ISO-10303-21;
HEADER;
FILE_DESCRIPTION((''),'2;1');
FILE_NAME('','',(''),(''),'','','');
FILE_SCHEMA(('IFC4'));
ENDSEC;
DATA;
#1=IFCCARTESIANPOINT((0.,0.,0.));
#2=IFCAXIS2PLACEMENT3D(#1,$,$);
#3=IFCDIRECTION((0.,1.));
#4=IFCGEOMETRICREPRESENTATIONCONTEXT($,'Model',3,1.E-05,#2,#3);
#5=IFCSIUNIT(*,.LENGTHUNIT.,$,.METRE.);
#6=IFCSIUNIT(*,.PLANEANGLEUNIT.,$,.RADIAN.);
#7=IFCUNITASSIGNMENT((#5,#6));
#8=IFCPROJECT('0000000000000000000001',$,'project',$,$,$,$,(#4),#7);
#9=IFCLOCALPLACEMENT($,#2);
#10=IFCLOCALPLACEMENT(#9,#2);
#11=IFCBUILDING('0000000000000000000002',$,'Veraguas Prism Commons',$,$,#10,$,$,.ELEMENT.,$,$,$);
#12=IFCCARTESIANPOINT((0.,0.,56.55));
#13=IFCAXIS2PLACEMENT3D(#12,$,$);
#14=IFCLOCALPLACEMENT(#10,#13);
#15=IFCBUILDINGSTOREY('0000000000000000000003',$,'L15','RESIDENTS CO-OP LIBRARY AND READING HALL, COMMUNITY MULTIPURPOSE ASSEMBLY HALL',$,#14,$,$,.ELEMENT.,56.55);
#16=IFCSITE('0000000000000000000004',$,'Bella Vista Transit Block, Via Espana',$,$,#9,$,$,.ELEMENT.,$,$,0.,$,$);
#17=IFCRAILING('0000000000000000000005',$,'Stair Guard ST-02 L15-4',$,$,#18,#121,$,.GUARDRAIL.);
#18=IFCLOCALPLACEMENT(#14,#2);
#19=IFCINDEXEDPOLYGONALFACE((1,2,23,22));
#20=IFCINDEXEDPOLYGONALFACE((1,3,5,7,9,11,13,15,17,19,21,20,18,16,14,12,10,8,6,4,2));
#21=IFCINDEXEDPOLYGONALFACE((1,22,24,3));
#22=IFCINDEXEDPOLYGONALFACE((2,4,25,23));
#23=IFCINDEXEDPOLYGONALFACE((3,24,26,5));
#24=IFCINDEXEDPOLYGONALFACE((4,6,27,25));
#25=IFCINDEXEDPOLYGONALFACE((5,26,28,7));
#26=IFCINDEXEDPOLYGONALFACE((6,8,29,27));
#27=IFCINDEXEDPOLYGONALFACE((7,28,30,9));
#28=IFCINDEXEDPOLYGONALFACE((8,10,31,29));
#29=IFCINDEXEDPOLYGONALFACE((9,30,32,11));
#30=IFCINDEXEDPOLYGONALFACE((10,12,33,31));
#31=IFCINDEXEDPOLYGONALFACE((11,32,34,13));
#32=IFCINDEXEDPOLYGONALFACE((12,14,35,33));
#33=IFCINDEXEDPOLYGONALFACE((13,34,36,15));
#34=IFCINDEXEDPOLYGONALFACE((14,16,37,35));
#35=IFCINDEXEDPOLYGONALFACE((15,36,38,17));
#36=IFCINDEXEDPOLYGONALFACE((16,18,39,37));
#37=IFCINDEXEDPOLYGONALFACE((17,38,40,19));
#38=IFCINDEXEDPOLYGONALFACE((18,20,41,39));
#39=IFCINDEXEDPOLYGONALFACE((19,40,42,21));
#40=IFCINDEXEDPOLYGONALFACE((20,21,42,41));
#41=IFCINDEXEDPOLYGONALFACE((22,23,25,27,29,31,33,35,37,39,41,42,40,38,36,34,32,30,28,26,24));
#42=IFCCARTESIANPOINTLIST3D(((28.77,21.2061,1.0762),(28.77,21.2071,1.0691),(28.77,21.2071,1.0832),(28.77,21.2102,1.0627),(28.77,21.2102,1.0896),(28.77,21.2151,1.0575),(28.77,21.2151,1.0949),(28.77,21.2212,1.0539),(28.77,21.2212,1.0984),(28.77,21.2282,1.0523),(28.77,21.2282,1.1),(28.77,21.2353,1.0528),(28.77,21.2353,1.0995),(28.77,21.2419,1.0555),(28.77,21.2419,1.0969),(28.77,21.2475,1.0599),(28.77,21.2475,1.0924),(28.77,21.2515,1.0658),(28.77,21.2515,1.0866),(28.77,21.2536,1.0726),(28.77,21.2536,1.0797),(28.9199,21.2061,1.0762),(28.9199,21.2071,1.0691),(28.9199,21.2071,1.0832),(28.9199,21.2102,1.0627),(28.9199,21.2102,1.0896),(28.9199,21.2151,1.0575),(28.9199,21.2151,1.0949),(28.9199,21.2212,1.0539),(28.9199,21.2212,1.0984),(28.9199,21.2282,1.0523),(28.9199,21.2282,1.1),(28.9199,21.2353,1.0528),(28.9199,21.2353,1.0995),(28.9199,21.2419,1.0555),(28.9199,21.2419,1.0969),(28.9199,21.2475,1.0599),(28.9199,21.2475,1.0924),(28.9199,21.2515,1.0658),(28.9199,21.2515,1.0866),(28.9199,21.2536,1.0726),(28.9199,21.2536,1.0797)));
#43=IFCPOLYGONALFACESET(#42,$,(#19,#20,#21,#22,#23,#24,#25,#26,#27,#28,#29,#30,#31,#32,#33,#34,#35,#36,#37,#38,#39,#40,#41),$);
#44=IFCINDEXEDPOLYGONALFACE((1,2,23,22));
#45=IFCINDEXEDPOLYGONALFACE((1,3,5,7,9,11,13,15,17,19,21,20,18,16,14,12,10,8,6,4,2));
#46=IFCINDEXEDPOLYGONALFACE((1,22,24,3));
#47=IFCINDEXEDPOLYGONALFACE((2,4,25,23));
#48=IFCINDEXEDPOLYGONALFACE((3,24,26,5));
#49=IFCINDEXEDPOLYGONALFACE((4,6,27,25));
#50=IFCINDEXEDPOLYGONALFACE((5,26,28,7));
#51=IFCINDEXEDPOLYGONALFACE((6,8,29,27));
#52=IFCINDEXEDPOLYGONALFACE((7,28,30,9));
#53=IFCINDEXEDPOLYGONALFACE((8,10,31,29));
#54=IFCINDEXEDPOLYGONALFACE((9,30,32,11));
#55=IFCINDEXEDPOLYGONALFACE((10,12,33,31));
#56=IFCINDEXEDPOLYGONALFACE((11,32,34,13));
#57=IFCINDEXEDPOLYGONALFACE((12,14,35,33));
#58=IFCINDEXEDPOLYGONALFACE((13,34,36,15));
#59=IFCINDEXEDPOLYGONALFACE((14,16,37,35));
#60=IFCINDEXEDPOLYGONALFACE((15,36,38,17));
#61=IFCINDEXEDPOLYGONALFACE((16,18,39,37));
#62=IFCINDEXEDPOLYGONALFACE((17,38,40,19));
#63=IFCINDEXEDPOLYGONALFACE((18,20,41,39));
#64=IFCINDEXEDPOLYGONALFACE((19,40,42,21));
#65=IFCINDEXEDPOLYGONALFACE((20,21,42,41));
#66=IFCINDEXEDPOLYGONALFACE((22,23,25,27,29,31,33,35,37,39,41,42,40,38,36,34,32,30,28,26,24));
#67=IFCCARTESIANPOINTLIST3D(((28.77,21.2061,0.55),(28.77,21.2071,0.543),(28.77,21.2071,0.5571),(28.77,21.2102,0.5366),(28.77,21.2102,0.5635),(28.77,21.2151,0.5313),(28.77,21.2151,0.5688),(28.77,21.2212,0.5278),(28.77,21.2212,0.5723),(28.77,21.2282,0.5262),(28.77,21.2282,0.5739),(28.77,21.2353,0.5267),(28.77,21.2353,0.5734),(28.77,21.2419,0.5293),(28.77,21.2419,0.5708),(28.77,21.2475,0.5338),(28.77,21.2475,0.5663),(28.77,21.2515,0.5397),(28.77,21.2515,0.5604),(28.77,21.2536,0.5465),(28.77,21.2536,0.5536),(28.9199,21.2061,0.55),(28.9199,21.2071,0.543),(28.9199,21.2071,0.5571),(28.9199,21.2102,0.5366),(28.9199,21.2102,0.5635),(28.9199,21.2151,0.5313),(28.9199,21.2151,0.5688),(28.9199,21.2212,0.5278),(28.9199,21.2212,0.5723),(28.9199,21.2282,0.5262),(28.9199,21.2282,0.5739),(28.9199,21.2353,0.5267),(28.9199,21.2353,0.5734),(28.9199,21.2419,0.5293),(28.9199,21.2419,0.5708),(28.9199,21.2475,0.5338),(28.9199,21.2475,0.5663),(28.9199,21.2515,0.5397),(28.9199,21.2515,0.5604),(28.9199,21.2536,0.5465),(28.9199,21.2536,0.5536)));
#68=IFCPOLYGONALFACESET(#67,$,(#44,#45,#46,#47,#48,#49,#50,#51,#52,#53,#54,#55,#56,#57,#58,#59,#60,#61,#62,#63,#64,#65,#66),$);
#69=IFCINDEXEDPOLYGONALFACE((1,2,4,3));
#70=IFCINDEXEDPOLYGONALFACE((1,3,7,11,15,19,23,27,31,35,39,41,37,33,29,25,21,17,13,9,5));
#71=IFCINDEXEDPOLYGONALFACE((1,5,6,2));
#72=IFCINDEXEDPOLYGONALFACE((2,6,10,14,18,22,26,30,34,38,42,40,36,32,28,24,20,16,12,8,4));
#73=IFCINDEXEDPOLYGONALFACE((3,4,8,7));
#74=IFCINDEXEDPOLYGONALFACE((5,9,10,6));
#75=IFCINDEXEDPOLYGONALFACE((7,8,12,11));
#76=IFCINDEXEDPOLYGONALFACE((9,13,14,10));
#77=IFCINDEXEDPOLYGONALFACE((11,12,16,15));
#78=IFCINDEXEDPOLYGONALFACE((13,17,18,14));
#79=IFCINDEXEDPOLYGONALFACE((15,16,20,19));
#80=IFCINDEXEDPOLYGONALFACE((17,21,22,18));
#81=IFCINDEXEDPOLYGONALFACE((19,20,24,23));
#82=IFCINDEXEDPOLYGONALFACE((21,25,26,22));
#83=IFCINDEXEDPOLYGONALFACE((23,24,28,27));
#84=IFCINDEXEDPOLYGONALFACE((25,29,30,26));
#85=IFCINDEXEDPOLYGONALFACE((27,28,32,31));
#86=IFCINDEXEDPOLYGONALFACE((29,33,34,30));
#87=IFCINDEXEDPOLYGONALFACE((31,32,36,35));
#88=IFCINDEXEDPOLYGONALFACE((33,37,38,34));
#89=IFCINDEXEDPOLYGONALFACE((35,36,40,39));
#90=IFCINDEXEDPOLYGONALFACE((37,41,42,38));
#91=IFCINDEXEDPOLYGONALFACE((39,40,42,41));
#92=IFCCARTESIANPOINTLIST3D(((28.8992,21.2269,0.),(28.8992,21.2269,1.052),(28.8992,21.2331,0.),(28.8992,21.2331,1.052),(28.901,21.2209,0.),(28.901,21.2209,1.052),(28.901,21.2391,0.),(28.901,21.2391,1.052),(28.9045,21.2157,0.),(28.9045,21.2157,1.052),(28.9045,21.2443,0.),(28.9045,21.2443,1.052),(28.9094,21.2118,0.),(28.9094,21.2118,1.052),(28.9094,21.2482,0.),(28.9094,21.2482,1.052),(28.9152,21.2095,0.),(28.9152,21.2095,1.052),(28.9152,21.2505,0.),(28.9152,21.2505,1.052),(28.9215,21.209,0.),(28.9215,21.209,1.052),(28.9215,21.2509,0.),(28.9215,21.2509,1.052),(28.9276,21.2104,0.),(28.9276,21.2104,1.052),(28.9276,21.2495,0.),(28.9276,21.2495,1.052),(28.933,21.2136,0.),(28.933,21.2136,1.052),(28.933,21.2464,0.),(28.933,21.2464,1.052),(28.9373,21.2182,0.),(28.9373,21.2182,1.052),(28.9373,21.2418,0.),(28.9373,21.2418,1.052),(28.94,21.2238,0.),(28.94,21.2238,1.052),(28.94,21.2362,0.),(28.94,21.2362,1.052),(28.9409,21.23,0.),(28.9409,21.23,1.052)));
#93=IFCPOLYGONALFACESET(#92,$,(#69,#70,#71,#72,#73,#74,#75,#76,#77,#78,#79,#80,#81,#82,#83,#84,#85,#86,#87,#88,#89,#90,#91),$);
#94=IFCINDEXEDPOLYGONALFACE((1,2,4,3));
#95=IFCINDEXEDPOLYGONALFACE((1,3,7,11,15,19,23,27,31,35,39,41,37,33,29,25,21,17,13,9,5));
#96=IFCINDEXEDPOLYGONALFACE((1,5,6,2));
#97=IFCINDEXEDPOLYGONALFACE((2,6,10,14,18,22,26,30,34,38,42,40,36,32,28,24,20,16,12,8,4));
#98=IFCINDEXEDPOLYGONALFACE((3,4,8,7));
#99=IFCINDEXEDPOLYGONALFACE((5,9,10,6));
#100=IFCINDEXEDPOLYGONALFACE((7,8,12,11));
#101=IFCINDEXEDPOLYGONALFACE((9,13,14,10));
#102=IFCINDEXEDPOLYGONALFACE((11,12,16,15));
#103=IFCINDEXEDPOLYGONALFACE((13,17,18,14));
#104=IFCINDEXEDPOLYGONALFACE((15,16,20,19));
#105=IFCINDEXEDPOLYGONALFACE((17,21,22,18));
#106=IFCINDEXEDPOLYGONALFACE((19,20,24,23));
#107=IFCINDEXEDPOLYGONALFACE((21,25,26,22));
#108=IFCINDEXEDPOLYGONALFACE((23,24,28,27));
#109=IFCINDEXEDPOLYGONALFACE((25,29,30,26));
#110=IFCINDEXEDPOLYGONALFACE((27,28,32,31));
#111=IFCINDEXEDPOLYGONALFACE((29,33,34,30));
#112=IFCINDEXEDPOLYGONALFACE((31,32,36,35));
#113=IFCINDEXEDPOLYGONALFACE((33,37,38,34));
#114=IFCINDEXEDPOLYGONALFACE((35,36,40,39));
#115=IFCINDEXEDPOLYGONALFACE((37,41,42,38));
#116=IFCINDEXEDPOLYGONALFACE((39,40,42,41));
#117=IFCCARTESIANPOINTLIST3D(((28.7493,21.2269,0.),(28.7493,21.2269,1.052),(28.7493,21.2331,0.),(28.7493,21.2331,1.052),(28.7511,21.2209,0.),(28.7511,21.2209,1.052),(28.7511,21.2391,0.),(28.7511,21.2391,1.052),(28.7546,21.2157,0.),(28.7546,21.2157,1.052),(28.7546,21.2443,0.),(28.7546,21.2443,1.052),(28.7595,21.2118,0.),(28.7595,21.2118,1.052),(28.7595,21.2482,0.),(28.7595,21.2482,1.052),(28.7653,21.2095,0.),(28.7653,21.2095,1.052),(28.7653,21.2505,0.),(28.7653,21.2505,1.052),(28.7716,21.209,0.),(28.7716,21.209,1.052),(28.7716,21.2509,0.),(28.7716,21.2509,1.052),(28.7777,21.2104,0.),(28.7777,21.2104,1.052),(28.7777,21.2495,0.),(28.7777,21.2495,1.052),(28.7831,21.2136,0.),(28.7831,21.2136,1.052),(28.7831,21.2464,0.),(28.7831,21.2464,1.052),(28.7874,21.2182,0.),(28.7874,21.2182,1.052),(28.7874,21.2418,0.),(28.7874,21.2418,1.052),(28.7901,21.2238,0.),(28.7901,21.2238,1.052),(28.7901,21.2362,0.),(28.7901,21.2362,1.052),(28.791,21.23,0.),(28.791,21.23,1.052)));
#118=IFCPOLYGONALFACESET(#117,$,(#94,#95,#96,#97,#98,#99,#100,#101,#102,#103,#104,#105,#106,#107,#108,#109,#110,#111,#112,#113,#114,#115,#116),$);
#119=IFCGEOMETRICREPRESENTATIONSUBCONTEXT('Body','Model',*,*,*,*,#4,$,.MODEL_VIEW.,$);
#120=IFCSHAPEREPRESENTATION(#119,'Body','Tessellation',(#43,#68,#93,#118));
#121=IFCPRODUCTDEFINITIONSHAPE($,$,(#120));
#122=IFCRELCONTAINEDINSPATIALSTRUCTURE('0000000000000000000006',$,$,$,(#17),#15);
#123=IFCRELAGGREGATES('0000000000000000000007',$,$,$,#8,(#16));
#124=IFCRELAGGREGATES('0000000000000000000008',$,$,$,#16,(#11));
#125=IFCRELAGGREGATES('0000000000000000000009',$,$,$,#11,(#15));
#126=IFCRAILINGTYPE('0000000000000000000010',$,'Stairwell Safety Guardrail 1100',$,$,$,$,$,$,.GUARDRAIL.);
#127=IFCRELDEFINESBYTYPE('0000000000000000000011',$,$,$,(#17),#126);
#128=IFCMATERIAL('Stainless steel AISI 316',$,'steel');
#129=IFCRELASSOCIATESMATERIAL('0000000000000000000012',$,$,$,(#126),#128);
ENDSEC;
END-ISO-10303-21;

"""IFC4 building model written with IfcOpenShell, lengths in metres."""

from ifc_helpers import new_model, si_unit, direction, frame, origin, origin_2d, place, context, subcontext, project, spatial, circle, extrude, material, type_object, element, save


model = new_model("IFC4")

# Units and contexts
model_context = context("Model", 3, precision=1e-05, world=origin(), true_north=direction((0.0, 1.0)))
body_context = subcontext(model_context, "Body", "Model", "MODEL_VIEW")
ifc_project = project(units=[si_unit("LENGTHUNIT", "METRE"), si_unit("PLANEANGLEUNIT", "RADIAN")], contexts=[model_context])

# Site, building, storey
site_placement = place(None, origin())
site = spatial("IfcSite", under=ifc_project, at=site_placement, Name="Bella Vista Transit Block, Via Espana", CompositionType="ELEMENT", RefElevation=0.0)
building_placement = place(site_placement, origin())
building = spatial("IfcBuilding", under=site, at=building_placement, Name="Veraguas Prism Commons", CompositionType="ELEMENT")
storey_placement = place(building_placement, frame((0.0, 0.0, 56.55)))
storey = spatial("IfcBuildingStorey", under=building, at=storey_placement, Name="L15", Description="RESIDENTS CO-OP LIBRARY AND READING HALL, COMMUNITY MULTIPURPOSE ASSEMBLY HALL", CompositionType="ELEMENT", Elevation=56.55)

# Shared definitions
ifc_material_1 = material(Name="Stainless steel AISI 316", Category="steel")

# Railing
railing_type_1 = type_object("IfcRailingType", Name="Stairwell Safety Guardrail 1100", PredefinedType="GUARDRAIL", material=ifc_material_1)
railing_1_placement = place(storey_placement, frame((28.9199, 21.23, 0.0)))
element("IfcRailing", 1, at=railing_1_placement, inside=storey, type_object=railing_type_1, Name="Stair Guard ST-02 L15-4", PredefinedType="GUARDRAIL", context=body_context, shape_type="SweptSolid", body=[
    extrude(circle(Radius=0.0239, at=origin_2d()), frame((0.0, 0.0, 1.0762), z_axis=(-1.0, 0.0, 0.0), x_axis=(0.0, -1.0, 0.0)), (0.0, 0.0, 1.0), 0.1499),
    extrude(circle(Radius=0.0239, at=origin_2d()), frame((0.0, 0.0, 0.55), z_axis=(-1.0, 0.0, 0.0), x_axis=(0.0, -1.0, 0.0)), (0.0, 0.0, 1.0), 0.1499),
    extrude(circle(Radius=0.021, at=origin_2d()), origin(), (0.0, 0.0, 1.0), 1.052),
    extrude(circle(Radius=0.021, at=origin_2d()), frame((-0.1499, 0.0, 0.0)), (0.0, 0.0, 1.0), 1.052),
])

save(model, "model.ifc")
